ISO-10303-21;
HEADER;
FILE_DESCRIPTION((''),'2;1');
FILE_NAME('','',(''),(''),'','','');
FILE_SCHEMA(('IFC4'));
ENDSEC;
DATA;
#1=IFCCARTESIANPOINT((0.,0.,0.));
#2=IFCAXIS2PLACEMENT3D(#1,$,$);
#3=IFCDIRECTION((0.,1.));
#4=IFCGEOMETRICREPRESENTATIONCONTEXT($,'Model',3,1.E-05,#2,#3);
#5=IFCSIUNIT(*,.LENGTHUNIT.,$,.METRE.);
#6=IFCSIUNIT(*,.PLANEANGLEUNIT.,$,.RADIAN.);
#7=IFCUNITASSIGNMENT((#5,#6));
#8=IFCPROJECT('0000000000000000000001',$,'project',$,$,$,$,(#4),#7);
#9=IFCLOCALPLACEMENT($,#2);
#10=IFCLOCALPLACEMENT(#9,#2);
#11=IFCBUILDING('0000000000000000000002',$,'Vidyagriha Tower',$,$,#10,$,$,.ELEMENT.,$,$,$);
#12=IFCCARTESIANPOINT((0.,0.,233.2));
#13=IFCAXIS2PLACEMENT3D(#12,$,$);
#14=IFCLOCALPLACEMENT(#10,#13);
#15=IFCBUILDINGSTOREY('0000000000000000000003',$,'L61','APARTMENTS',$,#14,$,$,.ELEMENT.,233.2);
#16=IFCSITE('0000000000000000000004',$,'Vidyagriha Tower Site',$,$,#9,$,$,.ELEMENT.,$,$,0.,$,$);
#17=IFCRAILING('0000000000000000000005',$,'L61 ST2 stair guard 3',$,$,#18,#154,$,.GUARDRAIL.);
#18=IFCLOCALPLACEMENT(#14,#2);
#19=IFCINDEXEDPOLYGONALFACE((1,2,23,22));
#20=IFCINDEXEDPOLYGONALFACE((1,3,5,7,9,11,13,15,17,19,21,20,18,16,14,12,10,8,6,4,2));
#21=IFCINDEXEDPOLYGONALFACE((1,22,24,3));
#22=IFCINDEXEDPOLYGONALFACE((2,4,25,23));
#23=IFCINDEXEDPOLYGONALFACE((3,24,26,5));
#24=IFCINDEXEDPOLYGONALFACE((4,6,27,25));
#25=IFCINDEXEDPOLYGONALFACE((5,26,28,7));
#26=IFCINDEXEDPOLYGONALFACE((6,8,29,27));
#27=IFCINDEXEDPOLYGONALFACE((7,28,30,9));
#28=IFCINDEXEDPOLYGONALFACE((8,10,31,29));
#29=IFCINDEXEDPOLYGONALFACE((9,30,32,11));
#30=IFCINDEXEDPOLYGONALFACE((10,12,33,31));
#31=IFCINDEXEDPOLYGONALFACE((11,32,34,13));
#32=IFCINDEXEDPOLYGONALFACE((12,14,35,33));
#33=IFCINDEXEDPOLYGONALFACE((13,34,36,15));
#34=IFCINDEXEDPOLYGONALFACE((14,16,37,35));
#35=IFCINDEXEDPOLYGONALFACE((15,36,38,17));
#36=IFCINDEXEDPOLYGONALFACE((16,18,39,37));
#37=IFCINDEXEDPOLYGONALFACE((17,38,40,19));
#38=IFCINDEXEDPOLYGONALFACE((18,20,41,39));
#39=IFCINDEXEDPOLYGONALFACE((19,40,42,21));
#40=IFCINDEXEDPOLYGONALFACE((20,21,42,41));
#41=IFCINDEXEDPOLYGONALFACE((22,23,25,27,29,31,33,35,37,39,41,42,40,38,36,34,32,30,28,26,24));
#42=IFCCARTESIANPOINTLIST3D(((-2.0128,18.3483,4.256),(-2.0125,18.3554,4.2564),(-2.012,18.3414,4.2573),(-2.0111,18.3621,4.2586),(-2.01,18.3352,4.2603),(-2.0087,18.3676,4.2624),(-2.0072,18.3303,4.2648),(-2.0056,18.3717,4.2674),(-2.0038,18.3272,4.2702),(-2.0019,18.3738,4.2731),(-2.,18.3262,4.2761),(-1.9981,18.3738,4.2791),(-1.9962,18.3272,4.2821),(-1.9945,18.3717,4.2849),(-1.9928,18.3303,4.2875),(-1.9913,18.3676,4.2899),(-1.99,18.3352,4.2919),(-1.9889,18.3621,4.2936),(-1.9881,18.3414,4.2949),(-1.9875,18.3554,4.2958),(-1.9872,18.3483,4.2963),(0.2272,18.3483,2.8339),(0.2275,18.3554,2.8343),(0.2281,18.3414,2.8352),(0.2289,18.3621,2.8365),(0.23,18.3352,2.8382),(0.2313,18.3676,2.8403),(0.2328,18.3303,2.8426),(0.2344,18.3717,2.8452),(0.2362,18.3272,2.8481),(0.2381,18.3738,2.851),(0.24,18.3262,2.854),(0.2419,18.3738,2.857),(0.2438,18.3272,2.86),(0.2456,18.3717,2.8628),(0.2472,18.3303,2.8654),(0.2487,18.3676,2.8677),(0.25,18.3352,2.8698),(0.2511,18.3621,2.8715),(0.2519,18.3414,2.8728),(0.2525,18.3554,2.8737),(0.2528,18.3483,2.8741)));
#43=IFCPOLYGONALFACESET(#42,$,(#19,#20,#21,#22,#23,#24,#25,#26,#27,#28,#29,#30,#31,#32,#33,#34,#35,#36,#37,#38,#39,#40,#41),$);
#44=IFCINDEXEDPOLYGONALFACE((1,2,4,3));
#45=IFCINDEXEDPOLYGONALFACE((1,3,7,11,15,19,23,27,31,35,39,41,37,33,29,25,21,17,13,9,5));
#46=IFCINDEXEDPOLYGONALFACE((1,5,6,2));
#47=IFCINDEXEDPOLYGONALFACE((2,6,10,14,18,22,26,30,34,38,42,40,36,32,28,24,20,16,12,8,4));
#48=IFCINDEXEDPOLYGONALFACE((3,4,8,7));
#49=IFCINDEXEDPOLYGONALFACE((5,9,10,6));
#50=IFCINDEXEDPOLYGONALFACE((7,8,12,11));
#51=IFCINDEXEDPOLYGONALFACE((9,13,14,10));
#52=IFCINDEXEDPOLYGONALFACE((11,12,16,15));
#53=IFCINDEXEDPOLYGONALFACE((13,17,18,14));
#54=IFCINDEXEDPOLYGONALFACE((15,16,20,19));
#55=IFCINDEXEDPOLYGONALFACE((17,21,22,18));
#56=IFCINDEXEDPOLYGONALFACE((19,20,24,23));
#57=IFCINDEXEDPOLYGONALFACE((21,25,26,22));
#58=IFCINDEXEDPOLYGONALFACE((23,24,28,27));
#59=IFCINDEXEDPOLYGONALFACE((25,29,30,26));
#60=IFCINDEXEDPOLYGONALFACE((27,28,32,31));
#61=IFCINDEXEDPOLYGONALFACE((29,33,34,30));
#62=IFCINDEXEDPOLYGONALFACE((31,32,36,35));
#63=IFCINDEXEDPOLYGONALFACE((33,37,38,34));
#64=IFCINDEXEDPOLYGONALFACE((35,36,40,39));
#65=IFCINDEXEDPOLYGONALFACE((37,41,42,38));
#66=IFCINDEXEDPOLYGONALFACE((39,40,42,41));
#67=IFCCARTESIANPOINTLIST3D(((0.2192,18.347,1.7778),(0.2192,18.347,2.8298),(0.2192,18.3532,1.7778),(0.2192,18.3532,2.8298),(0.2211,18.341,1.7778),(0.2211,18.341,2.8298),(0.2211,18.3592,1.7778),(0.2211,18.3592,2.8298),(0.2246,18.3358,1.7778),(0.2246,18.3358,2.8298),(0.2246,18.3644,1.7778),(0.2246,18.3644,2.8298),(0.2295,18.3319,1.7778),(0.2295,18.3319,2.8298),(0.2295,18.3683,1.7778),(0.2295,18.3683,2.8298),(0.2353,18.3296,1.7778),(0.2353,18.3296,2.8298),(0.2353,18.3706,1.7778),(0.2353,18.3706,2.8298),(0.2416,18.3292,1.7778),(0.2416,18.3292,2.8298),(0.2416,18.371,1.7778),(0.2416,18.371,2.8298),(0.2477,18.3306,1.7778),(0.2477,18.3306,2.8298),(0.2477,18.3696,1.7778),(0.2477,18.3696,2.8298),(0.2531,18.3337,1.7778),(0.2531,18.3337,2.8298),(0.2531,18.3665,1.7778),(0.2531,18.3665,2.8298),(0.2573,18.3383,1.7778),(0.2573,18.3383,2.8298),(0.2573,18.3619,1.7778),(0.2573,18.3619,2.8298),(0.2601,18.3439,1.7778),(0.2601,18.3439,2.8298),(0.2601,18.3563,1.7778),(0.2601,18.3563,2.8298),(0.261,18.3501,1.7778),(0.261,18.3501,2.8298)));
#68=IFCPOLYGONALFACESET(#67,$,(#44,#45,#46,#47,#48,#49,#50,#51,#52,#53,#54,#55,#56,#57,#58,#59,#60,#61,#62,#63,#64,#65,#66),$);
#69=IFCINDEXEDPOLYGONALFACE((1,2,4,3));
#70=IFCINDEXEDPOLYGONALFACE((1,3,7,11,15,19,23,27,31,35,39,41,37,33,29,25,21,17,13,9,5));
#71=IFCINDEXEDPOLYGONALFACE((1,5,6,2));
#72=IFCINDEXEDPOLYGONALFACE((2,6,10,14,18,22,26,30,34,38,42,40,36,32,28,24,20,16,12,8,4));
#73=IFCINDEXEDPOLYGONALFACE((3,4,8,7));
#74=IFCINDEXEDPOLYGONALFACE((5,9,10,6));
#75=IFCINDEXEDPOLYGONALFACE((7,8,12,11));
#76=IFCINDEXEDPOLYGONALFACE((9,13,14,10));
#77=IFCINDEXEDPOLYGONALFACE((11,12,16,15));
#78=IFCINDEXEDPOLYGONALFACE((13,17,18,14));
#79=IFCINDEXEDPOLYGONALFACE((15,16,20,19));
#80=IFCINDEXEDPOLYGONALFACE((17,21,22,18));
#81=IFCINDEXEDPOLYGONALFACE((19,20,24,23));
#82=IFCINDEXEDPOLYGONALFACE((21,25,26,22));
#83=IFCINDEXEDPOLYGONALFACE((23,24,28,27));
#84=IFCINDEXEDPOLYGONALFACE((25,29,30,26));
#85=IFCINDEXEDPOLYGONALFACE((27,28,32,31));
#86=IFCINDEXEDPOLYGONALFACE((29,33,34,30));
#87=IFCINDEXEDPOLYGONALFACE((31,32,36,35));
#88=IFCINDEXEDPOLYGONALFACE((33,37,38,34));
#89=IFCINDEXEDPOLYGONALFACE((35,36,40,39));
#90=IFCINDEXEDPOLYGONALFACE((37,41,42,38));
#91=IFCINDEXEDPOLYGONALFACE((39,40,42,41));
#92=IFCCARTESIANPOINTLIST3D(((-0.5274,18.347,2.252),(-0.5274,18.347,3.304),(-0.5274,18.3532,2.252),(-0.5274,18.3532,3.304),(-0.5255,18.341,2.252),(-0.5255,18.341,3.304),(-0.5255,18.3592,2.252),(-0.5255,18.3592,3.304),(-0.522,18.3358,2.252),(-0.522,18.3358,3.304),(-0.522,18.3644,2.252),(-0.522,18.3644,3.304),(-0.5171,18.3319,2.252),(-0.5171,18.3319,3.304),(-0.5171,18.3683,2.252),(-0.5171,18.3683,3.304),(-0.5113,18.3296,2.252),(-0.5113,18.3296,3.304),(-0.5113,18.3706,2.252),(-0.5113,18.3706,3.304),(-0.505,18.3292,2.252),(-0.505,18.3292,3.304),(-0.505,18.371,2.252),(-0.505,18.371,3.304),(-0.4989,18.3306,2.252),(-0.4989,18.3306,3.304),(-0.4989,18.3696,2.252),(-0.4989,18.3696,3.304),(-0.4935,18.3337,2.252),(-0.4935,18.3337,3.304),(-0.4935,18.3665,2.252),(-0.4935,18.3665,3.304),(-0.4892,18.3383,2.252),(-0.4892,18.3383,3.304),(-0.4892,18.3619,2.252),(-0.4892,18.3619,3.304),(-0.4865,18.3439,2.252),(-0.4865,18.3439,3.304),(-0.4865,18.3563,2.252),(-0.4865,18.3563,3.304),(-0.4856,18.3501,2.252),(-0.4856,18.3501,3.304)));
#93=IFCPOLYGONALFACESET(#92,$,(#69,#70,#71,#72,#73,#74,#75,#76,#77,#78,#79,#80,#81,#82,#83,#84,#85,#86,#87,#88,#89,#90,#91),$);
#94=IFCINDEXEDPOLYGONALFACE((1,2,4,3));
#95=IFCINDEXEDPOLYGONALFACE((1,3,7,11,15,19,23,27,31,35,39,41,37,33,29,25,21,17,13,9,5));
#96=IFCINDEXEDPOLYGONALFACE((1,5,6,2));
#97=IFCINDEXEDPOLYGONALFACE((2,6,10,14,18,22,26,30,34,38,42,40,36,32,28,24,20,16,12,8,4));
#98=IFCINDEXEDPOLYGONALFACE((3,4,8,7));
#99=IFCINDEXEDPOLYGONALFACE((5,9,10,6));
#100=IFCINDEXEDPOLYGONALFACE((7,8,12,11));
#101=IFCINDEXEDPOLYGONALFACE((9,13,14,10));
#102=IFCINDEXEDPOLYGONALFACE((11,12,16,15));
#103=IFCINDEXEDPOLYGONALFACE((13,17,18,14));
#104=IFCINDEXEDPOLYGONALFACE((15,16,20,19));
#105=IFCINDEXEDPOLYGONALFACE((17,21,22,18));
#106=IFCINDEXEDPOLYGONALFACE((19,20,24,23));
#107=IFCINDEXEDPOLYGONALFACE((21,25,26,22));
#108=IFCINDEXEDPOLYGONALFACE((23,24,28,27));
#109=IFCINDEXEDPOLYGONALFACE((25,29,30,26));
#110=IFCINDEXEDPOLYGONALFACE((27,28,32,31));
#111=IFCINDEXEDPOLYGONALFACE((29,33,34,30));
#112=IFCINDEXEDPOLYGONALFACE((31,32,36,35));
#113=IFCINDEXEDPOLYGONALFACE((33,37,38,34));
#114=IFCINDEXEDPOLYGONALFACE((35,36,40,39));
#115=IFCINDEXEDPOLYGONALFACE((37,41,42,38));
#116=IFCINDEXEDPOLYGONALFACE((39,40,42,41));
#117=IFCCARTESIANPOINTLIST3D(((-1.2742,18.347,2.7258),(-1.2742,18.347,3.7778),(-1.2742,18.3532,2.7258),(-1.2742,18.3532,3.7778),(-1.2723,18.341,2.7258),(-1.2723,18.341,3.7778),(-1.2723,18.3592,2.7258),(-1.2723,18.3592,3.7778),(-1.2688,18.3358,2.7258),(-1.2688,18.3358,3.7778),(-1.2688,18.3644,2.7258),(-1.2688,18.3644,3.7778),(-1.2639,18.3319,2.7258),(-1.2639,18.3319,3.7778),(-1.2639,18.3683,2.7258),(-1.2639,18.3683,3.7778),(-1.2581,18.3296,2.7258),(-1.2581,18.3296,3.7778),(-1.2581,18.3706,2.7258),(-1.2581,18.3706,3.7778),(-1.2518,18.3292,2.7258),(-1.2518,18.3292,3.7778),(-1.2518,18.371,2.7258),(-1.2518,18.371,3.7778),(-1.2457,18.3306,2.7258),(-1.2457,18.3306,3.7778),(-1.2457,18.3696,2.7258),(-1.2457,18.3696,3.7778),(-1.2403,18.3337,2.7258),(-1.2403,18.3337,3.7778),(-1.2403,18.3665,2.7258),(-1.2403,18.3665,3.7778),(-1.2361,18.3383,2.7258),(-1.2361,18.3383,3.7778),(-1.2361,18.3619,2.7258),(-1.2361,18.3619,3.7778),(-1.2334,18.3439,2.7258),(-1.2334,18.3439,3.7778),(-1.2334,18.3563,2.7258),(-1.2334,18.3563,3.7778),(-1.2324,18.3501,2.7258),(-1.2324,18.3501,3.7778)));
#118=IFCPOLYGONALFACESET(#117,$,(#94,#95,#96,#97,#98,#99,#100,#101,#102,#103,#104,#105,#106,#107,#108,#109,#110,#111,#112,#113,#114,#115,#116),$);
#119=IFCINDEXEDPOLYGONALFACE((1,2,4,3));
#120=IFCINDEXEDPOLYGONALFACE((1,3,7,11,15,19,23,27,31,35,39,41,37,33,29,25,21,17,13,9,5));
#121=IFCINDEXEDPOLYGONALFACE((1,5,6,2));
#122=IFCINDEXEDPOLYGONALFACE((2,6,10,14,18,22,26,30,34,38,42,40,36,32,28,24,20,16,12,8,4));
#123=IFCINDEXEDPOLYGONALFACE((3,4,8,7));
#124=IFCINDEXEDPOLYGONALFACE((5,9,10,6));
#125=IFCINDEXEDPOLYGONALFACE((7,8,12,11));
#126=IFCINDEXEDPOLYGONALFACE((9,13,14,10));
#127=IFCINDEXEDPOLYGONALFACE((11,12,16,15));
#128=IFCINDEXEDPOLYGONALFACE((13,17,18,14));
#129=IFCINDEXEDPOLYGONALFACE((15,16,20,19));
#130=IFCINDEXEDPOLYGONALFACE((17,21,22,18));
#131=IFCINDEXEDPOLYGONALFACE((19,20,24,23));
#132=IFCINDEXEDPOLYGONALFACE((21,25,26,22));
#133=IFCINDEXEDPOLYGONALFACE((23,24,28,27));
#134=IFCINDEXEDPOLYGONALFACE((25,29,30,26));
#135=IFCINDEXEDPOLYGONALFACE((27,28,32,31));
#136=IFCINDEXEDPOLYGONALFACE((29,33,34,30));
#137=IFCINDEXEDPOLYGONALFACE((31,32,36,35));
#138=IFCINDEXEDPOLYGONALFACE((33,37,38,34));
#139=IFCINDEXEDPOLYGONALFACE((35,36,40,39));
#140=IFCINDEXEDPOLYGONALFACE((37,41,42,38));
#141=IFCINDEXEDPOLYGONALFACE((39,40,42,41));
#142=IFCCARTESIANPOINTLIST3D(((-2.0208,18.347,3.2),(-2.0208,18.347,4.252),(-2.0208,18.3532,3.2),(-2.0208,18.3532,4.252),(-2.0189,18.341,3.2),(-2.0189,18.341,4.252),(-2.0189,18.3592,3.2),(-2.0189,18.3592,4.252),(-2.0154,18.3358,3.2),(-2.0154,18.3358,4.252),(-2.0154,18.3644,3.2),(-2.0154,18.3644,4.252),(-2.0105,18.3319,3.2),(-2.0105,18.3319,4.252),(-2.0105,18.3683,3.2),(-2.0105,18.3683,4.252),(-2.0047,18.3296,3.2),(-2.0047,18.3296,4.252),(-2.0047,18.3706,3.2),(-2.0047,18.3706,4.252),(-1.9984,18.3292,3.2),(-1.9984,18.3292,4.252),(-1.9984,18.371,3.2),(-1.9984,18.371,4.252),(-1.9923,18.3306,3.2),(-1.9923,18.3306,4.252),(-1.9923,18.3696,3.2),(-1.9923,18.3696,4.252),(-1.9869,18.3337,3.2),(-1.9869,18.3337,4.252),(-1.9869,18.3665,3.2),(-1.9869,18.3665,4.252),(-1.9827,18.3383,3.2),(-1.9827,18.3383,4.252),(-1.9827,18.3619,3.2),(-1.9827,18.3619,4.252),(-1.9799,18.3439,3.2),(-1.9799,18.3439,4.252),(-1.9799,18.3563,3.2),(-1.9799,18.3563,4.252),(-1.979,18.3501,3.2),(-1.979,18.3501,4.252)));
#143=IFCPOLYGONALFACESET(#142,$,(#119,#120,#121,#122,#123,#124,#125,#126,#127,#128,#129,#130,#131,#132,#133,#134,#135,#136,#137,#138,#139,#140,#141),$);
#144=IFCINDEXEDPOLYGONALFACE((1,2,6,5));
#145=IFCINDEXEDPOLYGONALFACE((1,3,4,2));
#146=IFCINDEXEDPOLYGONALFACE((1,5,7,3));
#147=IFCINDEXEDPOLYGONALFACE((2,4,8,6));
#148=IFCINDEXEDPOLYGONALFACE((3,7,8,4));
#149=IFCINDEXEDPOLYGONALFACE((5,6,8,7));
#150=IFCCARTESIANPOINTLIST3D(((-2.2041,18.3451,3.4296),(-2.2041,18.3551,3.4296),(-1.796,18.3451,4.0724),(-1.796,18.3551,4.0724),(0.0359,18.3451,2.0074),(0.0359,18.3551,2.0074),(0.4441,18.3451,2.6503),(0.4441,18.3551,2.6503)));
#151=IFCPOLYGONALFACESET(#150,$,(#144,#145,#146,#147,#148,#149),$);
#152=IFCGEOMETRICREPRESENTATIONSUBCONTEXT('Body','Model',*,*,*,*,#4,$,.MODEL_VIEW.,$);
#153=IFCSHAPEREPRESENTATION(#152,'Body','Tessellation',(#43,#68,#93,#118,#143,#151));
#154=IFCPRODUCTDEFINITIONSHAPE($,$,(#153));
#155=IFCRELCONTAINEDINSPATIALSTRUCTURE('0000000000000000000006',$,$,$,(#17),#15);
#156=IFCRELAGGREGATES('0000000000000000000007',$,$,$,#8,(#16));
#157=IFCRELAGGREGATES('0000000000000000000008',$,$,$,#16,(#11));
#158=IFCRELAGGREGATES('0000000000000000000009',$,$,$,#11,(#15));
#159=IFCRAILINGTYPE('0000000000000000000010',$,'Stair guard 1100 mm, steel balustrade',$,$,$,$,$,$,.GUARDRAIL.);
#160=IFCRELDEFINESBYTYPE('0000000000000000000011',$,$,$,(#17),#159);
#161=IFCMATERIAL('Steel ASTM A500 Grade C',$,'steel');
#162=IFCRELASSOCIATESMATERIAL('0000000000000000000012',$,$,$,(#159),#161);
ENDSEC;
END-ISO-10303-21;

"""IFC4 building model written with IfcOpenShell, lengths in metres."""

from ifc_helpers import new_model, si_unit, direction, frame, origin, origin_2d, place, context, subcontext, project, spatial, rectangle, circle, extrude, material, type_object, element, save


model = new_model("IFC4")

# Units and contexts
model_context = context("Model", 3, precision=1e-05, world=origin(), true_north=direction((0.0, 1.0)))
body_context = subcontext(model_context, "Body", "Model", "MODEL_VIEW")
ifc_project = project(units=[si_unit("LENGTHUNIT", "METRE"), si_unit("PLANEANGLEUNIT", "RADIAN")], contexts=[model_context])

# Site, building, storey
site_placement = place(None, origin())
site = spatial("IfcSite", under=ifc_project, at=site_placement, Name="Vidyagriha Tower Site", CompositionType="ELEMENT", RefElevation=0.0)
building_placement = place(site_placement, origin())
building = spatial("IfcBuilding", under=site, at=building_placement, Name="Vidyagriha Tower", CompositionType="ELEMENT")
storey_placement = place(building_placement, frame((0.0, 0.0, 233.2)))
storey = spatial("IfcBuildingStorey", under=building, at=storey_placement, Name="L61", Description="APARTMENTS", CompositionType="ELEMENT", Elevation=233.2)

# Railing
ifc_material_1 = material(Name="Steel ASTM A500 Grade C", Category="steel")
railing_type_1 = type_object("IfcRailingType", Name="Stair guard 1100 mm, steel balustrade", PredefinedType="GUARDRAIL", material=ifc_material_1)
railing_1_placement = place(storey_placement, frame((0.24, 18.3501, 1.7778)))
element("IfcRailing", 1, at=railing_1_placement, inside=storey, type_object=railing_type_1, Name="L61 ST2 stair guard 3", PredefinedType="GUARDRAIL", context=body_context, shape_type="SweptSolid", body=[
    extrude(circle(Radius=0.0239, at=origin_2d()), frame((0.0, 0.0, 1.0762), z_axis=(-0.844229, 0.0, 0.535982), x_axis=(0.0, -1.0, 0.0)), (0.0, 0.0, 1.0), 2.6533),
    extrude(circle(Radius=0.021, at=origin_2d()), origin(), (0.0, 0.0, 1.0), 1.052),
    extrude(circle(Radius=0.021, at=origin_2d()), frame((-0.7466, 0.0, 0.4741)), (0.0, 0.0, 1.0), 1.052),
    extrude(circle(Radius=0.021, at=origin_2d()), frame((-1.4934, 0.0, 0.948)), (0.0, 0.0, 1.0), 1.052),
    extrude(circle(Radius=0.021, at=origin_2d()), frame((-2.24, 0.0, 1.4221)), (0.0, 0.0, 1.0), 1.052),
    extrude(rectangle(XDim=0.01, YDim=0.7615, at=origin_2d()), frame((0.0, 0.0, 0.551), z_axis=(-0.844229, 0.0, 0.535982), x_axis=(0.0, -1.0, 0.0)), (0.0, 0.0, 1.0), 2.6533),
])

save(model, "model.ifc")
